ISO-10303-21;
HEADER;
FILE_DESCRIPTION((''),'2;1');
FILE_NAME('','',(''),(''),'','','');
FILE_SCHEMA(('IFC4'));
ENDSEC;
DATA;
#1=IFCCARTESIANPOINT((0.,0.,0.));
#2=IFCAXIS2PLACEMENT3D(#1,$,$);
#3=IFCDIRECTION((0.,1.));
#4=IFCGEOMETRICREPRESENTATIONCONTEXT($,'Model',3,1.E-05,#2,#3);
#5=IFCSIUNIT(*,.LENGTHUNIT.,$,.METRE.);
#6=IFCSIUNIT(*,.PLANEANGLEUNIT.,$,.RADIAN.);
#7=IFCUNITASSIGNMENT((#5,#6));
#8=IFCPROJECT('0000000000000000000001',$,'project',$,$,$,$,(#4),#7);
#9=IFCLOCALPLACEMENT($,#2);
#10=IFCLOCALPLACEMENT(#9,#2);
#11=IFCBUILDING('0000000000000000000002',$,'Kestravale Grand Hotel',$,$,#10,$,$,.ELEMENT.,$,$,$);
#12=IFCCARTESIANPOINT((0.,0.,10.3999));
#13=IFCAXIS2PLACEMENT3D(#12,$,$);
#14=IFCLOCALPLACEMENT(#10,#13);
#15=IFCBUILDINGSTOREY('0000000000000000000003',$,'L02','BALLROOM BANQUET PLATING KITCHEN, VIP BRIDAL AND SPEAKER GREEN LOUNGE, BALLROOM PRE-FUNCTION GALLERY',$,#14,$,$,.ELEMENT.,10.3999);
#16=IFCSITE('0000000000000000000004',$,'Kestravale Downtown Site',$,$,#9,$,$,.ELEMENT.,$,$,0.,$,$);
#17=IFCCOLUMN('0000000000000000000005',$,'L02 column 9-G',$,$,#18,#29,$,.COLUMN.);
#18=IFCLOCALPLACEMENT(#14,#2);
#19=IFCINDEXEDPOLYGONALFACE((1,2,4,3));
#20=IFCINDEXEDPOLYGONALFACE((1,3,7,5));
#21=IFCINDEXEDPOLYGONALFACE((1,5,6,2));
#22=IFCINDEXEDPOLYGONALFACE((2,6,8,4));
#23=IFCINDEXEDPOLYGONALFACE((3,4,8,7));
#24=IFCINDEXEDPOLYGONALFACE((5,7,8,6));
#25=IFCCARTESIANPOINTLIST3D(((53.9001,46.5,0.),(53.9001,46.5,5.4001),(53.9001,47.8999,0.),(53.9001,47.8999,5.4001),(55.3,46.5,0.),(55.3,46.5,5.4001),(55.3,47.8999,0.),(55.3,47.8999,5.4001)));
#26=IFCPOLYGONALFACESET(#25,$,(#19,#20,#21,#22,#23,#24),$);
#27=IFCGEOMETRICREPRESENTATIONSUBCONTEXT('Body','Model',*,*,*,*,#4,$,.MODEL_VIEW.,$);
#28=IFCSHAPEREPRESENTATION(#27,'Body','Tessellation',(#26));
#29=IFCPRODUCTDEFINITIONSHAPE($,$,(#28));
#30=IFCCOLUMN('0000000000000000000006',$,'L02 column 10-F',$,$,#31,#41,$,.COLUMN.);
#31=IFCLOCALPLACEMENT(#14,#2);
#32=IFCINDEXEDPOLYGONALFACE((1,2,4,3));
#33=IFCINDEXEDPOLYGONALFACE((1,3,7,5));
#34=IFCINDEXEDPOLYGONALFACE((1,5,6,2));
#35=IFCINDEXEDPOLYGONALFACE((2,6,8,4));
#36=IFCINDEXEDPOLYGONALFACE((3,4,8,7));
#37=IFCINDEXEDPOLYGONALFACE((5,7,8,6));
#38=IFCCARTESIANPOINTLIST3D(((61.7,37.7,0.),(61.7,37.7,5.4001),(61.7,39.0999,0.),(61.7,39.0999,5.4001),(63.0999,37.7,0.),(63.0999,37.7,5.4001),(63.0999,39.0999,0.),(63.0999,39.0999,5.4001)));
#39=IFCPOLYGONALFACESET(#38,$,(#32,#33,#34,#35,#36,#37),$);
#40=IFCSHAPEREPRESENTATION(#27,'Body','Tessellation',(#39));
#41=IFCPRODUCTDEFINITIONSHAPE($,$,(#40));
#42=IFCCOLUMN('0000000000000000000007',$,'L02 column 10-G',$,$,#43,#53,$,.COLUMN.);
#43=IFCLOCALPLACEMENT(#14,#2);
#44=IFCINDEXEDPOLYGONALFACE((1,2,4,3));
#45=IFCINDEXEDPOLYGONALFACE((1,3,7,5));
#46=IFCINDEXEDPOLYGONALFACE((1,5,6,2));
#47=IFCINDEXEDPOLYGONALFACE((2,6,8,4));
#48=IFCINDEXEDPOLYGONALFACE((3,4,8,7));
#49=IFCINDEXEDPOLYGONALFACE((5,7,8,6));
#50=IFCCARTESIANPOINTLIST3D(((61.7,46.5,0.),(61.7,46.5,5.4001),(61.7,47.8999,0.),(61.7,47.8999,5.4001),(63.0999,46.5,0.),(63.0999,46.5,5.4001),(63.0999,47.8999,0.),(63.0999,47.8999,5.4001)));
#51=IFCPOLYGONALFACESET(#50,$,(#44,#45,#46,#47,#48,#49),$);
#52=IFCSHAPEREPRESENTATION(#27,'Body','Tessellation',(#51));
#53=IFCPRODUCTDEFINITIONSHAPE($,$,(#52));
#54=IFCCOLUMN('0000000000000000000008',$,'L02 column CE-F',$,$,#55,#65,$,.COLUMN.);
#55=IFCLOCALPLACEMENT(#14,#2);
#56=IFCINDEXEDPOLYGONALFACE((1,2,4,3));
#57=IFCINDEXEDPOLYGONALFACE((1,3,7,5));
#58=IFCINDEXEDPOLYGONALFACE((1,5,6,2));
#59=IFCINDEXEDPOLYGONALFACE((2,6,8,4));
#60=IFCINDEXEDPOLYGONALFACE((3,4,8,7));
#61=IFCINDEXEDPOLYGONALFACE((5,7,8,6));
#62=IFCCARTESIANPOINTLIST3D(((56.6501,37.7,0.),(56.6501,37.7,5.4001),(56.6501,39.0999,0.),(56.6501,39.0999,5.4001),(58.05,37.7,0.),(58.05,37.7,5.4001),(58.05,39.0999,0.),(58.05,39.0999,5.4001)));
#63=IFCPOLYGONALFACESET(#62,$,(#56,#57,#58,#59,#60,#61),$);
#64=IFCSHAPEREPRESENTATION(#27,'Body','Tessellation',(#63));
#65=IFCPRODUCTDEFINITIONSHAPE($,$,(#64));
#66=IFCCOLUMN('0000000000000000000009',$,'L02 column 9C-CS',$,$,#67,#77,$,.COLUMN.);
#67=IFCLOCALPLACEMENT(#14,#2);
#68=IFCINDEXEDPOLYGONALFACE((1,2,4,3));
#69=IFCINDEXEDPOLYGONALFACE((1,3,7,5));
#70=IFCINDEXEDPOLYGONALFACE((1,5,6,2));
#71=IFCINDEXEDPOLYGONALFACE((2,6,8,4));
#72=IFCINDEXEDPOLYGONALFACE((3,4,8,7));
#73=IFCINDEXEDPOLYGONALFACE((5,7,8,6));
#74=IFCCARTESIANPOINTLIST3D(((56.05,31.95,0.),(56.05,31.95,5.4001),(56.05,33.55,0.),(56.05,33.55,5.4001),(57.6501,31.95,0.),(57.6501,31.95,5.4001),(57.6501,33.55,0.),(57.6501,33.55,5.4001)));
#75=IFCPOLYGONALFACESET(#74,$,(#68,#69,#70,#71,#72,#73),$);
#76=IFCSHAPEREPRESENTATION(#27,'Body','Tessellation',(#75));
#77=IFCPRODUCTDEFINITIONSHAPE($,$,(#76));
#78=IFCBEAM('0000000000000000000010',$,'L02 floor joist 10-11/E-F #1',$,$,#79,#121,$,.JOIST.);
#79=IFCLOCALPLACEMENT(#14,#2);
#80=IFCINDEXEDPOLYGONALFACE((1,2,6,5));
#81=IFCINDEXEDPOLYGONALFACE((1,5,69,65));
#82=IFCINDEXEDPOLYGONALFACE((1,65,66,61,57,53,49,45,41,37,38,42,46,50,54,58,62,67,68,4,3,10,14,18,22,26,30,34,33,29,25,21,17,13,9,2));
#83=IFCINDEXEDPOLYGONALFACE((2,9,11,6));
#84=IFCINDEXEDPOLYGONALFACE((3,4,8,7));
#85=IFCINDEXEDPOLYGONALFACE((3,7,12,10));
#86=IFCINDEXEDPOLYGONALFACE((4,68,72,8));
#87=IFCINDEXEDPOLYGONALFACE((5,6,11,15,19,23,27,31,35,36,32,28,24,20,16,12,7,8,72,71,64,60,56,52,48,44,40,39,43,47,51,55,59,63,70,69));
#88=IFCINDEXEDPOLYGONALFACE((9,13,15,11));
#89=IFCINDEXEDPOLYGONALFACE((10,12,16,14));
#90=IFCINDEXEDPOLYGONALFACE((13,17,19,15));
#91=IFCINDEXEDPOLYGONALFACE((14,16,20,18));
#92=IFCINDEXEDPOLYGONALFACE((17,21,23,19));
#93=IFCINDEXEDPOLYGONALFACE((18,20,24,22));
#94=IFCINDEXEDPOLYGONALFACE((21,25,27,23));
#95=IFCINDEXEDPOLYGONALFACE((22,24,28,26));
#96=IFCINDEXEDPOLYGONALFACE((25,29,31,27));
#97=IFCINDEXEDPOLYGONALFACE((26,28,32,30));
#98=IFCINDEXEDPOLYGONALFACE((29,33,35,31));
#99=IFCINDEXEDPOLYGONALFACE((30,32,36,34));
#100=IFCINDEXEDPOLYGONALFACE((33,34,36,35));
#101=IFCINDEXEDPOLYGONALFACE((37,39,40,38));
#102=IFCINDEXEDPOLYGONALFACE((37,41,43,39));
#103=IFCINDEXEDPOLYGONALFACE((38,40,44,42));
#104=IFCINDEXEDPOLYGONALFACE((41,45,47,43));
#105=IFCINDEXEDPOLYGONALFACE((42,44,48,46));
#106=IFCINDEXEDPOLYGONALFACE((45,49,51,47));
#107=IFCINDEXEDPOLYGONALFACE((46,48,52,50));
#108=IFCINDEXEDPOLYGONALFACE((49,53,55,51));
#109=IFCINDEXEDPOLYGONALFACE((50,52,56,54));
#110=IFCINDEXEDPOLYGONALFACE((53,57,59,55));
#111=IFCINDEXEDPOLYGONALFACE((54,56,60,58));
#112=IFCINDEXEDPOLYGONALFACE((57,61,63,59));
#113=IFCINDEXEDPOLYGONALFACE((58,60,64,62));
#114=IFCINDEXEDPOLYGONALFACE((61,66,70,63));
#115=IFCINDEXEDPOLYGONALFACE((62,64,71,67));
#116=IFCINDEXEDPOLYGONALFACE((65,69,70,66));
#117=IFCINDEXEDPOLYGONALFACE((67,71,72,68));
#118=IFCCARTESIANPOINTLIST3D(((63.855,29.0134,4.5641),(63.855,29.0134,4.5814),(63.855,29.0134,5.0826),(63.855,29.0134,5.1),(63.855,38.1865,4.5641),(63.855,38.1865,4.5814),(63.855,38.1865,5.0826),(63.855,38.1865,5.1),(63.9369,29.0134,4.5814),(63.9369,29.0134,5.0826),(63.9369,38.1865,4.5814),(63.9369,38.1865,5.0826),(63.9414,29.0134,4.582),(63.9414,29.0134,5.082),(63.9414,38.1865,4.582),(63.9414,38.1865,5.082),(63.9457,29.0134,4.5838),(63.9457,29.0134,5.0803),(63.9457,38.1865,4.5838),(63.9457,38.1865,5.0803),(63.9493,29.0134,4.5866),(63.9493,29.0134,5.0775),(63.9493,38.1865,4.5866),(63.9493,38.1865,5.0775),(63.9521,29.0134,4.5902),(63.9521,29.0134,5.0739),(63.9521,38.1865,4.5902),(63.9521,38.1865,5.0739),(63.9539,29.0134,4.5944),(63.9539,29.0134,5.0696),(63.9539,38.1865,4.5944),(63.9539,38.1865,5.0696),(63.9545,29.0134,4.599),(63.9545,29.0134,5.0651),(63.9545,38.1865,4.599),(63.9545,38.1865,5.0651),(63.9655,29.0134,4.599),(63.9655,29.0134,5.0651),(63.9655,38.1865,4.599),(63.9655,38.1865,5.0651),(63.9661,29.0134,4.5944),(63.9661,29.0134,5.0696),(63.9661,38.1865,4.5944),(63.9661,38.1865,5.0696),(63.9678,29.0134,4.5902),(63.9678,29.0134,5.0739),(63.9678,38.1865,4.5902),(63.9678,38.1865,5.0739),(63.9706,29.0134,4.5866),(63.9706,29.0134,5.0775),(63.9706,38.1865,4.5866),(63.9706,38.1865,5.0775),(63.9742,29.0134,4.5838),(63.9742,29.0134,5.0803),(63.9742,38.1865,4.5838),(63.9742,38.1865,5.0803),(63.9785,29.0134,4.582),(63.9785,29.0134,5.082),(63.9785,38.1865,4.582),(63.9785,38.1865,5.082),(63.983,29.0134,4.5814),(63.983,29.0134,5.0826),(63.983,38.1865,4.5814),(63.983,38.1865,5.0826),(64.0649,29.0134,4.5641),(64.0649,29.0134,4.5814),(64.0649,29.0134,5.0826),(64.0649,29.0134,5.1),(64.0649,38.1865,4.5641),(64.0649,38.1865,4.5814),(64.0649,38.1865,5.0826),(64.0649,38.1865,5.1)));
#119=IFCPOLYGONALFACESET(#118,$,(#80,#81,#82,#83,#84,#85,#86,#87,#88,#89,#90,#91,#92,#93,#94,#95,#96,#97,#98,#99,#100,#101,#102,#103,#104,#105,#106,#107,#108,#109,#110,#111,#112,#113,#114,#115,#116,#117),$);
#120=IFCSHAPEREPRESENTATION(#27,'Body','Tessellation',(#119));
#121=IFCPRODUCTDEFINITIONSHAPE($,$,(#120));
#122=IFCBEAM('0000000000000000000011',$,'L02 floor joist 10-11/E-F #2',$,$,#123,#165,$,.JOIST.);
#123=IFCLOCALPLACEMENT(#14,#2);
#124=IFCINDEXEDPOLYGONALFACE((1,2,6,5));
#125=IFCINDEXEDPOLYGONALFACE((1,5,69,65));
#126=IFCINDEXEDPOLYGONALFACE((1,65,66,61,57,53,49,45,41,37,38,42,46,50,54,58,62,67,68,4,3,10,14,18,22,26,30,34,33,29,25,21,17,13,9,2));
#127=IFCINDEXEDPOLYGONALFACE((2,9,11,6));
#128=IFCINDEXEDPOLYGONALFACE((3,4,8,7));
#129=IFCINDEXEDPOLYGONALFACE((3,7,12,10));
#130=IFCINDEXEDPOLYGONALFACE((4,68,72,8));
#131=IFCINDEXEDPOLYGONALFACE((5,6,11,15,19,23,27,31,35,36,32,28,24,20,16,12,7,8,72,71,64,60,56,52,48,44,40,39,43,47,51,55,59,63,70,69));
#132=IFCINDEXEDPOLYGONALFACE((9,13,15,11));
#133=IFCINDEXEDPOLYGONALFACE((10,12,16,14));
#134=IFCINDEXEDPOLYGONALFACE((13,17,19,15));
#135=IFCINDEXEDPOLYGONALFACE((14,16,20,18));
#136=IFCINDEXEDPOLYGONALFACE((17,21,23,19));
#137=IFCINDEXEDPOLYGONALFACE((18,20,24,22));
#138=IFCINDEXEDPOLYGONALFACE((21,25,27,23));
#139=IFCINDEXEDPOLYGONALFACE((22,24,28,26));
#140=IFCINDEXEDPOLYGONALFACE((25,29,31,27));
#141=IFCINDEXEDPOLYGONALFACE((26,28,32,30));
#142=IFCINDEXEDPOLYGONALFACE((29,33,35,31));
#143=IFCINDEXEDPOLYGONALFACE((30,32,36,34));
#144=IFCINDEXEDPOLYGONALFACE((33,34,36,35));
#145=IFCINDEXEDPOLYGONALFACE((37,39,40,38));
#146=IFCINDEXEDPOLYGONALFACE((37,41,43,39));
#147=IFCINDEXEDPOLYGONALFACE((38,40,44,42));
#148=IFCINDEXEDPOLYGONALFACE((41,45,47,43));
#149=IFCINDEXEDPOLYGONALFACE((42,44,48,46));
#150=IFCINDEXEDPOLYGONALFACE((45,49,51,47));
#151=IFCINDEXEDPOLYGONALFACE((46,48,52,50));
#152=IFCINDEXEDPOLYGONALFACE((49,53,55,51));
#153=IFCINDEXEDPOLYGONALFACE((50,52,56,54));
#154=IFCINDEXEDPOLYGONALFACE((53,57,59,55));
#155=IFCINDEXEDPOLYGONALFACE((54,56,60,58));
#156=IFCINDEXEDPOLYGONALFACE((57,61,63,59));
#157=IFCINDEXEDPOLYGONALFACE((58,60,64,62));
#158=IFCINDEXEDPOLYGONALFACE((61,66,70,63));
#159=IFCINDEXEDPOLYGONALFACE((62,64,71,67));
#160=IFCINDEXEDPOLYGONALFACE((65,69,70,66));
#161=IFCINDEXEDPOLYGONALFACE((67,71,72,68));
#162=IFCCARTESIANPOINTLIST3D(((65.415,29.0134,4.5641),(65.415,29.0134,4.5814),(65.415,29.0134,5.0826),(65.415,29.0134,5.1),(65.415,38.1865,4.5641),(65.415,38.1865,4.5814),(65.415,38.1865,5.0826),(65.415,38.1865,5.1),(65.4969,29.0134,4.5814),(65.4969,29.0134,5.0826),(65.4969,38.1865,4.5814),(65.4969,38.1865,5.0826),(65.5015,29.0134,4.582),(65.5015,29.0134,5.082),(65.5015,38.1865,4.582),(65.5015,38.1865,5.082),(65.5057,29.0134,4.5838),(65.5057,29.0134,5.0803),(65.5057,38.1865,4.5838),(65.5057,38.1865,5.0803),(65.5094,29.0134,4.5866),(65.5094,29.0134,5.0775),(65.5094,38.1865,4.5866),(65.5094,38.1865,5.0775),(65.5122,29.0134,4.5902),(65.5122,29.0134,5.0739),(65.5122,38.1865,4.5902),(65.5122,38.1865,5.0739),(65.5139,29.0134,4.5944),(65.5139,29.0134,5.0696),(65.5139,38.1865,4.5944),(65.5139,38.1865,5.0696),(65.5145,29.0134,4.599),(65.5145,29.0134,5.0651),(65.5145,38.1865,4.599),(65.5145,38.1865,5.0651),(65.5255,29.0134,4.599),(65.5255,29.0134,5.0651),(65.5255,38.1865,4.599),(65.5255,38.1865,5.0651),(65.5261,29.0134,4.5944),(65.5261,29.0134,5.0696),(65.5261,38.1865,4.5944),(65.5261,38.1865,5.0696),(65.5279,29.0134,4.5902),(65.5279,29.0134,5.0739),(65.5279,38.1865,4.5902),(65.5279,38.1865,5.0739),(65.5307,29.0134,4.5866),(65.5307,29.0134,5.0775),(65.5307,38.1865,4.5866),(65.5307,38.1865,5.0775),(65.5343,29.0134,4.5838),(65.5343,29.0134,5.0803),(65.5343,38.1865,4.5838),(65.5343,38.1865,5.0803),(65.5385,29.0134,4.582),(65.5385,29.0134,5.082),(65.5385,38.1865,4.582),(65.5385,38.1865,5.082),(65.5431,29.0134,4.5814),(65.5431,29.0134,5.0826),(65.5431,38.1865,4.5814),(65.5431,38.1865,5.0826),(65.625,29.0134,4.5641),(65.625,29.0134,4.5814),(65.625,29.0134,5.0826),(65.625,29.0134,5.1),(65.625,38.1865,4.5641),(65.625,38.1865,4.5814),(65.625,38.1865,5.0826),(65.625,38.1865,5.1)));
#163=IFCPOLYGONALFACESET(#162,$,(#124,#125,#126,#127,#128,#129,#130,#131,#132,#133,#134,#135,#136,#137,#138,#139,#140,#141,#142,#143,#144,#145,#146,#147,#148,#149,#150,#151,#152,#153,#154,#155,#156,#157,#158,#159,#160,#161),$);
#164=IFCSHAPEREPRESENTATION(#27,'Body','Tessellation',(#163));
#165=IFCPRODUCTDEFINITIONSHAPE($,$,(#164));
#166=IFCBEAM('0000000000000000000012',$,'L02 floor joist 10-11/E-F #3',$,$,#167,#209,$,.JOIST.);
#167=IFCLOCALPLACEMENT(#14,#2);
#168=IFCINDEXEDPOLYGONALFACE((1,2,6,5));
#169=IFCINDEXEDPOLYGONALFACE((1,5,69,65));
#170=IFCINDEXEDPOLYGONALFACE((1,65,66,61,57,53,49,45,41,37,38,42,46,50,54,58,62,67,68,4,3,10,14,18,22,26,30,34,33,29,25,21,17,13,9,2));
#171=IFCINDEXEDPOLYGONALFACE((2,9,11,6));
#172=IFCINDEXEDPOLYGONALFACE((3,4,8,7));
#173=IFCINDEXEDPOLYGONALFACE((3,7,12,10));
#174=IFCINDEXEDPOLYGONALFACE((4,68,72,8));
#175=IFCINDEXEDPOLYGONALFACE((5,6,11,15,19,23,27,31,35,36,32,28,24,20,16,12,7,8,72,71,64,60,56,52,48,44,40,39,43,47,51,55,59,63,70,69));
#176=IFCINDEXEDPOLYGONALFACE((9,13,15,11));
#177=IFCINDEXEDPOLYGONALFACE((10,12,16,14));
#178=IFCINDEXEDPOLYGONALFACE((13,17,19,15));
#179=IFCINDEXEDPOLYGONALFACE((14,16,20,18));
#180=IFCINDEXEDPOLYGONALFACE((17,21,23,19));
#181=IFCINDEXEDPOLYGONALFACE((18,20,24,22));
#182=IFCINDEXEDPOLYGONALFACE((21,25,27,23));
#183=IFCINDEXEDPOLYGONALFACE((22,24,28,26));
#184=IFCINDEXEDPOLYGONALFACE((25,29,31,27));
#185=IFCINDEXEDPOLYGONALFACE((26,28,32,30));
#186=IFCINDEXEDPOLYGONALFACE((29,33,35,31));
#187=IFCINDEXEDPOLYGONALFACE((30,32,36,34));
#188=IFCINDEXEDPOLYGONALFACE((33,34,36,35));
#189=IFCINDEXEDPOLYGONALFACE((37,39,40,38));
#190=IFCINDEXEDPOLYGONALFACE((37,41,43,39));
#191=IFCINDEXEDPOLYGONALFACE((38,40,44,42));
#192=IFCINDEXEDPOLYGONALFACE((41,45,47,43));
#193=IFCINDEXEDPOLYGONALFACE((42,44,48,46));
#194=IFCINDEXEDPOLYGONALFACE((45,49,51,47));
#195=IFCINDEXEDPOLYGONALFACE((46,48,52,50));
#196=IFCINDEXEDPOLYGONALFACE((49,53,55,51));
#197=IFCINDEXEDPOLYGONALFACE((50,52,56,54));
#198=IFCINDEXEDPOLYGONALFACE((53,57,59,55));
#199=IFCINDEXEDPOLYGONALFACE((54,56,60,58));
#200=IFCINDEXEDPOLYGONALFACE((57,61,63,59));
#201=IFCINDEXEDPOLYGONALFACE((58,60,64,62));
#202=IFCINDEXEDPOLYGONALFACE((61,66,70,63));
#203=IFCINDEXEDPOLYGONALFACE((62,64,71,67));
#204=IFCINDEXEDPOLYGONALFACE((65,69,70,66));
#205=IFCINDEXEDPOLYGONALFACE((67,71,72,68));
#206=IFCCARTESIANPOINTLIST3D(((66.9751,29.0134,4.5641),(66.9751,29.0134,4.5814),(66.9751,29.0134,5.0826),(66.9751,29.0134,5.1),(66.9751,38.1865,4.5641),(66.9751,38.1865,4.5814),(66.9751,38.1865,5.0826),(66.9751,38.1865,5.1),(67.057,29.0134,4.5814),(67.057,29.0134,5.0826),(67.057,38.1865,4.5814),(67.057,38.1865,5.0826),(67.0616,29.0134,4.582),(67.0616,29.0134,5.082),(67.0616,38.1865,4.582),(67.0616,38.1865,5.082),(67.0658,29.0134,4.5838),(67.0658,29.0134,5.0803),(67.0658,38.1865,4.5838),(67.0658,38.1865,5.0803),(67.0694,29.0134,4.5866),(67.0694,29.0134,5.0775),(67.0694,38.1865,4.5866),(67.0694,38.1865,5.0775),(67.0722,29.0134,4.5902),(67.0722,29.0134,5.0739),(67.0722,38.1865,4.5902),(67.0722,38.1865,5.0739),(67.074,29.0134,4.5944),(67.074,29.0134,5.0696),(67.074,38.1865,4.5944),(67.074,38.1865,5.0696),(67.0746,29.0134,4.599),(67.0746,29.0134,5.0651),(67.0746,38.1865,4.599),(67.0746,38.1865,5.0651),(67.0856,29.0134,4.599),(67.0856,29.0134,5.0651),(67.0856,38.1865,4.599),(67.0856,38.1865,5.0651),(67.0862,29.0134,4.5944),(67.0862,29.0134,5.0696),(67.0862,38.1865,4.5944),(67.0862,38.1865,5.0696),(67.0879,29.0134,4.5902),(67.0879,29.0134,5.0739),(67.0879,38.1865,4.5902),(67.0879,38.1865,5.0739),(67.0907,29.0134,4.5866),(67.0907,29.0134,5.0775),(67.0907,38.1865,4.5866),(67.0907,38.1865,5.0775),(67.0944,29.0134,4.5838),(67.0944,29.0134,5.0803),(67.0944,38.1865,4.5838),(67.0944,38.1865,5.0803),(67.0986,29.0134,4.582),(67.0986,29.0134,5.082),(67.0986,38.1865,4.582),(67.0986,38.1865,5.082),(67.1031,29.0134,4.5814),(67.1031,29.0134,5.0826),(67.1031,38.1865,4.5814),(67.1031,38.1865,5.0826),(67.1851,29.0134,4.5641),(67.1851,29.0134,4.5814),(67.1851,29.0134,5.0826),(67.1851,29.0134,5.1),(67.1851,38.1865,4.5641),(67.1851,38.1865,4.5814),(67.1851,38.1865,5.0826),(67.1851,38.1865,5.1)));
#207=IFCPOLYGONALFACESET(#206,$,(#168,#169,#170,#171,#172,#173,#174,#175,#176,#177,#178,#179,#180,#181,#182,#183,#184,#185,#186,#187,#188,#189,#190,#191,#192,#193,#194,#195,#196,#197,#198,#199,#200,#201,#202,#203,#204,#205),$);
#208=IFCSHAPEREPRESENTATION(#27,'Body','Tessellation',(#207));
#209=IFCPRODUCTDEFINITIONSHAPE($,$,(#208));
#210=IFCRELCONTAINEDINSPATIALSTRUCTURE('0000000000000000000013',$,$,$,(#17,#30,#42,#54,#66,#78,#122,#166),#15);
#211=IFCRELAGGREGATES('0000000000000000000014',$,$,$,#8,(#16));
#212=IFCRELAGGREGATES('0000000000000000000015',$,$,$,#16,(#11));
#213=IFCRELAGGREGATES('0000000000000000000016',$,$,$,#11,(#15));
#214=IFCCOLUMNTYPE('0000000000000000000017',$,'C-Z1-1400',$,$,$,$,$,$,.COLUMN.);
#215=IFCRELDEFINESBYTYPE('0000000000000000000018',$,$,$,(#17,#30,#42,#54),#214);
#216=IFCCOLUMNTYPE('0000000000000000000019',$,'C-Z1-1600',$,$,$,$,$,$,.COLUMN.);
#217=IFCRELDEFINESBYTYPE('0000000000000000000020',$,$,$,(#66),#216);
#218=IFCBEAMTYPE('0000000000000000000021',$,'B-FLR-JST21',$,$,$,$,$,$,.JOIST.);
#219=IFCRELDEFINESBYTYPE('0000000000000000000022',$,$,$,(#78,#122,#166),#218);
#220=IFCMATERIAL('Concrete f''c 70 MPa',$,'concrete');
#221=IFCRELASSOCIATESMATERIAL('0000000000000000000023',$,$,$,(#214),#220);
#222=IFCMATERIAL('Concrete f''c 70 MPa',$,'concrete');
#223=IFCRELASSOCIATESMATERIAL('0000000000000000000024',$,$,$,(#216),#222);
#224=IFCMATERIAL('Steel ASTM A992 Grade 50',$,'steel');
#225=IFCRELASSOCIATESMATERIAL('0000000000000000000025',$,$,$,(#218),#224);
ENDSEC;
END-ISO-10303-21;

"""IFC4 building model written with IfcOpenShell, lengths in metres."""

from ifc_helpers import new_model, si_unit, direction, frame, origin, origin_2d, place, context, subcontext, project, spatial, rectangle, i_section, extrude, material, material_profile, profile_set, type_object, element, save


model = new_model("IFC4")

# Units and contexts
model_context = context("Model", 3, precision=1e-05, world=origin(), true_north=direction((0.0, 1.0)))
body_context = subcontext(model_context, "Body", "Model", "MODEL_VIEW")
ifc_project = project(units=[si_unit("LENGTHUNIT", "METRE"), si_unit("PLANEANGLEUNIT", "RADIAN")], contexts=[model_context])

# Site, building, storey
site_placement = place(None, origin())
site = spatial("IfcSite", under=ifc_project, at=site_placement, Name="Kestravale Downtown Site", CompositionType="ELEMENT", RefElevation=0.0)
building_placement = place(site_placement, origin())
building = spatial("IfcBuilding", under=site, at=building_placement, Name="Kestravale Grand Hotel", CompositionType="ELEMENT")
storey_placement = place(building_placement, frame((0.0, 0.0, 10.3999)))
storey = spatial("IfcBuildingStorey", under=building, at=storey_placement, Name="L02", Description="BALLROOM BANQUET PLATING KITCHEN, VIP BRIDAL AND SPEAKER GREEN LOUNGE, BALLROOM PRE-FUNCTION GALLERY", CompositionType="ELEMENT", Elevation=10.3999)

# Columns
ifc_material_1 = material(Name="Concrete f'c 70 MPa", Category="concrete")
ifc_material_profile_1 = material_profile(ifc_material_1, rectangle(XDim=1.3999, YDim=1.3999, at=origin_2d()))
ifc_profile_set_1 = profile_set([ifc_material_profile_1], Name="Concrete f'c 70 MPa")
column_type_1 = type_object("IfcColumnType", Name="C-Z1-1400", PredefinedType="COLUMN", material=ifc_profile_set_1)
for number, where, z_axis, x_axis, name in (
    (1, (54.6001, 47.2, 0.0), (0.0, 0.0, 1.0), (1.0, 0.0, 0.0), "L02 column 9-G"),
    (2, (62.3999, 38.3999, 0.0), (0.0, 0.0, 1.0), (1.0, 0.0, 0.0), "L02 column 10-F"),
    (3, (62.3999, 47.2, 0.0), (0.0, 0.0, 1.0), (1.0, 0.0, 0.0), "L02 column 10-G"),
    (4, (57.3501, 38.3999, 0.0), (0.0, 0.0, 1.0), (1.0, 0.0, 0.0), "L02 column CE-F"),
):
    element("IfcColumn", number, at=place(storey_placement, frame(where, z_axis=z_axis, x_axis=x_axis)), inside=storey, type_object=column_type_1, Name=name, PredefinedType="COLUMN", context=body_context, shape_type="SweptSolid", body=[
        extrude(rectangle(XDim=1.3999, YDim=1.3999, at=origin_2d()), origin(), (0.0, 0.0, 1.0), 5.4001),
    ])
ifc_material_2 = material(Name="Concrete f'c 70 MPa", Category="concrete")
ifc_material_profile_2 = material_profile(ifc_material_2, rectangle(XDim=1.6001, YDim=1.6001, at=origin_2d()))
ifc_profile_set_2 = profile_set([ifc_material_profile_2], Name="Concrete f'c 70 MPa")
column_type_2 = type_object("IfcColumnType", Name="C-Z1-1600", PredefinedType="COLUMN", material=ifc_profile_set_2)
column_placement = place(storey_placement, frame((56.8501, 32.75, 0.0), z_axis=(0.0, 0.0, 1.0), x_axis=(1.0, 0.0, 0.0)))
element("IfcColumn", 5, at=column_placement, inside=storey, type_object=column_type_2, Name="L02 column 9C-CS", PredefinedType="COLUMN", context=body_context, shape_type="SweptSolid", body=[
    extrude(rectangle(XDim=1.6001, YDim=1.6001, at=origin_2d()), origin(), (0.0, 0.0, 1.0), 5.4001),
])

# Beams
ifc_material_3 = material(Name="Steel ASTM A992 Grade 50", Category="steel")
ifc_material_profile_3 = material_profile(ifc_material_3, i_section(OverallWidth=0.21, OverallDepth=0.5359, WebThickness=0.011, FlangeThickness=0.0173, FilletRadius=0.0176, at=origin_2d()))
ifc_profile_set_3 = profile_set([ifc_material_profile_3], Name="Steel ASTM A992 Grade 50")
beam_type_1 = type_object("IfcBeamType", Name="B-FLR-JST21", PredefinedType="JOIST", material=ifc_profile_set_3)
for number, where, z_axis, x_axis, name in (
    (6, (63.96, 29.0134, 4.832), (0.0, 1.0, 0.0), (-1.0, 0.0, 0.0), "L02 floor joist 10-11/E-F #1"),
    (7, (65.52, 29.0134, 4.832), (0.0, 1.0, 0.0), (-1.0, 0.0, 0.0), "L02 floor joist 10-11/E-F #2"),
    (8, (67.0801, 29.0134, 4.832), (0.0, 1.0, 0.0), (-1.0, 0.0, 0.0), "L02 floor joist 10-11/E-F #3"),
):
    element("IfcBeam", number, at=place(storey_placement, frame(where, z_axis=z_axis, x_axis=x_axis)), inside=storey, type_object=beam_type_1, Name=name, PredefinedType="JOIST", context=body_context, shape_type="SweptSolid", body=[
        extrude(i_section(OverallWidth=0.21, OverallDepth=0.5359, WebThickness=0.011, FlangeThickness=0.0173, FilletRadius=0.0176, at=origin_2d()), origin(), (0.0, 0.0, 1.0), 9.1731),
    ])

save(model, "model.ifc")
